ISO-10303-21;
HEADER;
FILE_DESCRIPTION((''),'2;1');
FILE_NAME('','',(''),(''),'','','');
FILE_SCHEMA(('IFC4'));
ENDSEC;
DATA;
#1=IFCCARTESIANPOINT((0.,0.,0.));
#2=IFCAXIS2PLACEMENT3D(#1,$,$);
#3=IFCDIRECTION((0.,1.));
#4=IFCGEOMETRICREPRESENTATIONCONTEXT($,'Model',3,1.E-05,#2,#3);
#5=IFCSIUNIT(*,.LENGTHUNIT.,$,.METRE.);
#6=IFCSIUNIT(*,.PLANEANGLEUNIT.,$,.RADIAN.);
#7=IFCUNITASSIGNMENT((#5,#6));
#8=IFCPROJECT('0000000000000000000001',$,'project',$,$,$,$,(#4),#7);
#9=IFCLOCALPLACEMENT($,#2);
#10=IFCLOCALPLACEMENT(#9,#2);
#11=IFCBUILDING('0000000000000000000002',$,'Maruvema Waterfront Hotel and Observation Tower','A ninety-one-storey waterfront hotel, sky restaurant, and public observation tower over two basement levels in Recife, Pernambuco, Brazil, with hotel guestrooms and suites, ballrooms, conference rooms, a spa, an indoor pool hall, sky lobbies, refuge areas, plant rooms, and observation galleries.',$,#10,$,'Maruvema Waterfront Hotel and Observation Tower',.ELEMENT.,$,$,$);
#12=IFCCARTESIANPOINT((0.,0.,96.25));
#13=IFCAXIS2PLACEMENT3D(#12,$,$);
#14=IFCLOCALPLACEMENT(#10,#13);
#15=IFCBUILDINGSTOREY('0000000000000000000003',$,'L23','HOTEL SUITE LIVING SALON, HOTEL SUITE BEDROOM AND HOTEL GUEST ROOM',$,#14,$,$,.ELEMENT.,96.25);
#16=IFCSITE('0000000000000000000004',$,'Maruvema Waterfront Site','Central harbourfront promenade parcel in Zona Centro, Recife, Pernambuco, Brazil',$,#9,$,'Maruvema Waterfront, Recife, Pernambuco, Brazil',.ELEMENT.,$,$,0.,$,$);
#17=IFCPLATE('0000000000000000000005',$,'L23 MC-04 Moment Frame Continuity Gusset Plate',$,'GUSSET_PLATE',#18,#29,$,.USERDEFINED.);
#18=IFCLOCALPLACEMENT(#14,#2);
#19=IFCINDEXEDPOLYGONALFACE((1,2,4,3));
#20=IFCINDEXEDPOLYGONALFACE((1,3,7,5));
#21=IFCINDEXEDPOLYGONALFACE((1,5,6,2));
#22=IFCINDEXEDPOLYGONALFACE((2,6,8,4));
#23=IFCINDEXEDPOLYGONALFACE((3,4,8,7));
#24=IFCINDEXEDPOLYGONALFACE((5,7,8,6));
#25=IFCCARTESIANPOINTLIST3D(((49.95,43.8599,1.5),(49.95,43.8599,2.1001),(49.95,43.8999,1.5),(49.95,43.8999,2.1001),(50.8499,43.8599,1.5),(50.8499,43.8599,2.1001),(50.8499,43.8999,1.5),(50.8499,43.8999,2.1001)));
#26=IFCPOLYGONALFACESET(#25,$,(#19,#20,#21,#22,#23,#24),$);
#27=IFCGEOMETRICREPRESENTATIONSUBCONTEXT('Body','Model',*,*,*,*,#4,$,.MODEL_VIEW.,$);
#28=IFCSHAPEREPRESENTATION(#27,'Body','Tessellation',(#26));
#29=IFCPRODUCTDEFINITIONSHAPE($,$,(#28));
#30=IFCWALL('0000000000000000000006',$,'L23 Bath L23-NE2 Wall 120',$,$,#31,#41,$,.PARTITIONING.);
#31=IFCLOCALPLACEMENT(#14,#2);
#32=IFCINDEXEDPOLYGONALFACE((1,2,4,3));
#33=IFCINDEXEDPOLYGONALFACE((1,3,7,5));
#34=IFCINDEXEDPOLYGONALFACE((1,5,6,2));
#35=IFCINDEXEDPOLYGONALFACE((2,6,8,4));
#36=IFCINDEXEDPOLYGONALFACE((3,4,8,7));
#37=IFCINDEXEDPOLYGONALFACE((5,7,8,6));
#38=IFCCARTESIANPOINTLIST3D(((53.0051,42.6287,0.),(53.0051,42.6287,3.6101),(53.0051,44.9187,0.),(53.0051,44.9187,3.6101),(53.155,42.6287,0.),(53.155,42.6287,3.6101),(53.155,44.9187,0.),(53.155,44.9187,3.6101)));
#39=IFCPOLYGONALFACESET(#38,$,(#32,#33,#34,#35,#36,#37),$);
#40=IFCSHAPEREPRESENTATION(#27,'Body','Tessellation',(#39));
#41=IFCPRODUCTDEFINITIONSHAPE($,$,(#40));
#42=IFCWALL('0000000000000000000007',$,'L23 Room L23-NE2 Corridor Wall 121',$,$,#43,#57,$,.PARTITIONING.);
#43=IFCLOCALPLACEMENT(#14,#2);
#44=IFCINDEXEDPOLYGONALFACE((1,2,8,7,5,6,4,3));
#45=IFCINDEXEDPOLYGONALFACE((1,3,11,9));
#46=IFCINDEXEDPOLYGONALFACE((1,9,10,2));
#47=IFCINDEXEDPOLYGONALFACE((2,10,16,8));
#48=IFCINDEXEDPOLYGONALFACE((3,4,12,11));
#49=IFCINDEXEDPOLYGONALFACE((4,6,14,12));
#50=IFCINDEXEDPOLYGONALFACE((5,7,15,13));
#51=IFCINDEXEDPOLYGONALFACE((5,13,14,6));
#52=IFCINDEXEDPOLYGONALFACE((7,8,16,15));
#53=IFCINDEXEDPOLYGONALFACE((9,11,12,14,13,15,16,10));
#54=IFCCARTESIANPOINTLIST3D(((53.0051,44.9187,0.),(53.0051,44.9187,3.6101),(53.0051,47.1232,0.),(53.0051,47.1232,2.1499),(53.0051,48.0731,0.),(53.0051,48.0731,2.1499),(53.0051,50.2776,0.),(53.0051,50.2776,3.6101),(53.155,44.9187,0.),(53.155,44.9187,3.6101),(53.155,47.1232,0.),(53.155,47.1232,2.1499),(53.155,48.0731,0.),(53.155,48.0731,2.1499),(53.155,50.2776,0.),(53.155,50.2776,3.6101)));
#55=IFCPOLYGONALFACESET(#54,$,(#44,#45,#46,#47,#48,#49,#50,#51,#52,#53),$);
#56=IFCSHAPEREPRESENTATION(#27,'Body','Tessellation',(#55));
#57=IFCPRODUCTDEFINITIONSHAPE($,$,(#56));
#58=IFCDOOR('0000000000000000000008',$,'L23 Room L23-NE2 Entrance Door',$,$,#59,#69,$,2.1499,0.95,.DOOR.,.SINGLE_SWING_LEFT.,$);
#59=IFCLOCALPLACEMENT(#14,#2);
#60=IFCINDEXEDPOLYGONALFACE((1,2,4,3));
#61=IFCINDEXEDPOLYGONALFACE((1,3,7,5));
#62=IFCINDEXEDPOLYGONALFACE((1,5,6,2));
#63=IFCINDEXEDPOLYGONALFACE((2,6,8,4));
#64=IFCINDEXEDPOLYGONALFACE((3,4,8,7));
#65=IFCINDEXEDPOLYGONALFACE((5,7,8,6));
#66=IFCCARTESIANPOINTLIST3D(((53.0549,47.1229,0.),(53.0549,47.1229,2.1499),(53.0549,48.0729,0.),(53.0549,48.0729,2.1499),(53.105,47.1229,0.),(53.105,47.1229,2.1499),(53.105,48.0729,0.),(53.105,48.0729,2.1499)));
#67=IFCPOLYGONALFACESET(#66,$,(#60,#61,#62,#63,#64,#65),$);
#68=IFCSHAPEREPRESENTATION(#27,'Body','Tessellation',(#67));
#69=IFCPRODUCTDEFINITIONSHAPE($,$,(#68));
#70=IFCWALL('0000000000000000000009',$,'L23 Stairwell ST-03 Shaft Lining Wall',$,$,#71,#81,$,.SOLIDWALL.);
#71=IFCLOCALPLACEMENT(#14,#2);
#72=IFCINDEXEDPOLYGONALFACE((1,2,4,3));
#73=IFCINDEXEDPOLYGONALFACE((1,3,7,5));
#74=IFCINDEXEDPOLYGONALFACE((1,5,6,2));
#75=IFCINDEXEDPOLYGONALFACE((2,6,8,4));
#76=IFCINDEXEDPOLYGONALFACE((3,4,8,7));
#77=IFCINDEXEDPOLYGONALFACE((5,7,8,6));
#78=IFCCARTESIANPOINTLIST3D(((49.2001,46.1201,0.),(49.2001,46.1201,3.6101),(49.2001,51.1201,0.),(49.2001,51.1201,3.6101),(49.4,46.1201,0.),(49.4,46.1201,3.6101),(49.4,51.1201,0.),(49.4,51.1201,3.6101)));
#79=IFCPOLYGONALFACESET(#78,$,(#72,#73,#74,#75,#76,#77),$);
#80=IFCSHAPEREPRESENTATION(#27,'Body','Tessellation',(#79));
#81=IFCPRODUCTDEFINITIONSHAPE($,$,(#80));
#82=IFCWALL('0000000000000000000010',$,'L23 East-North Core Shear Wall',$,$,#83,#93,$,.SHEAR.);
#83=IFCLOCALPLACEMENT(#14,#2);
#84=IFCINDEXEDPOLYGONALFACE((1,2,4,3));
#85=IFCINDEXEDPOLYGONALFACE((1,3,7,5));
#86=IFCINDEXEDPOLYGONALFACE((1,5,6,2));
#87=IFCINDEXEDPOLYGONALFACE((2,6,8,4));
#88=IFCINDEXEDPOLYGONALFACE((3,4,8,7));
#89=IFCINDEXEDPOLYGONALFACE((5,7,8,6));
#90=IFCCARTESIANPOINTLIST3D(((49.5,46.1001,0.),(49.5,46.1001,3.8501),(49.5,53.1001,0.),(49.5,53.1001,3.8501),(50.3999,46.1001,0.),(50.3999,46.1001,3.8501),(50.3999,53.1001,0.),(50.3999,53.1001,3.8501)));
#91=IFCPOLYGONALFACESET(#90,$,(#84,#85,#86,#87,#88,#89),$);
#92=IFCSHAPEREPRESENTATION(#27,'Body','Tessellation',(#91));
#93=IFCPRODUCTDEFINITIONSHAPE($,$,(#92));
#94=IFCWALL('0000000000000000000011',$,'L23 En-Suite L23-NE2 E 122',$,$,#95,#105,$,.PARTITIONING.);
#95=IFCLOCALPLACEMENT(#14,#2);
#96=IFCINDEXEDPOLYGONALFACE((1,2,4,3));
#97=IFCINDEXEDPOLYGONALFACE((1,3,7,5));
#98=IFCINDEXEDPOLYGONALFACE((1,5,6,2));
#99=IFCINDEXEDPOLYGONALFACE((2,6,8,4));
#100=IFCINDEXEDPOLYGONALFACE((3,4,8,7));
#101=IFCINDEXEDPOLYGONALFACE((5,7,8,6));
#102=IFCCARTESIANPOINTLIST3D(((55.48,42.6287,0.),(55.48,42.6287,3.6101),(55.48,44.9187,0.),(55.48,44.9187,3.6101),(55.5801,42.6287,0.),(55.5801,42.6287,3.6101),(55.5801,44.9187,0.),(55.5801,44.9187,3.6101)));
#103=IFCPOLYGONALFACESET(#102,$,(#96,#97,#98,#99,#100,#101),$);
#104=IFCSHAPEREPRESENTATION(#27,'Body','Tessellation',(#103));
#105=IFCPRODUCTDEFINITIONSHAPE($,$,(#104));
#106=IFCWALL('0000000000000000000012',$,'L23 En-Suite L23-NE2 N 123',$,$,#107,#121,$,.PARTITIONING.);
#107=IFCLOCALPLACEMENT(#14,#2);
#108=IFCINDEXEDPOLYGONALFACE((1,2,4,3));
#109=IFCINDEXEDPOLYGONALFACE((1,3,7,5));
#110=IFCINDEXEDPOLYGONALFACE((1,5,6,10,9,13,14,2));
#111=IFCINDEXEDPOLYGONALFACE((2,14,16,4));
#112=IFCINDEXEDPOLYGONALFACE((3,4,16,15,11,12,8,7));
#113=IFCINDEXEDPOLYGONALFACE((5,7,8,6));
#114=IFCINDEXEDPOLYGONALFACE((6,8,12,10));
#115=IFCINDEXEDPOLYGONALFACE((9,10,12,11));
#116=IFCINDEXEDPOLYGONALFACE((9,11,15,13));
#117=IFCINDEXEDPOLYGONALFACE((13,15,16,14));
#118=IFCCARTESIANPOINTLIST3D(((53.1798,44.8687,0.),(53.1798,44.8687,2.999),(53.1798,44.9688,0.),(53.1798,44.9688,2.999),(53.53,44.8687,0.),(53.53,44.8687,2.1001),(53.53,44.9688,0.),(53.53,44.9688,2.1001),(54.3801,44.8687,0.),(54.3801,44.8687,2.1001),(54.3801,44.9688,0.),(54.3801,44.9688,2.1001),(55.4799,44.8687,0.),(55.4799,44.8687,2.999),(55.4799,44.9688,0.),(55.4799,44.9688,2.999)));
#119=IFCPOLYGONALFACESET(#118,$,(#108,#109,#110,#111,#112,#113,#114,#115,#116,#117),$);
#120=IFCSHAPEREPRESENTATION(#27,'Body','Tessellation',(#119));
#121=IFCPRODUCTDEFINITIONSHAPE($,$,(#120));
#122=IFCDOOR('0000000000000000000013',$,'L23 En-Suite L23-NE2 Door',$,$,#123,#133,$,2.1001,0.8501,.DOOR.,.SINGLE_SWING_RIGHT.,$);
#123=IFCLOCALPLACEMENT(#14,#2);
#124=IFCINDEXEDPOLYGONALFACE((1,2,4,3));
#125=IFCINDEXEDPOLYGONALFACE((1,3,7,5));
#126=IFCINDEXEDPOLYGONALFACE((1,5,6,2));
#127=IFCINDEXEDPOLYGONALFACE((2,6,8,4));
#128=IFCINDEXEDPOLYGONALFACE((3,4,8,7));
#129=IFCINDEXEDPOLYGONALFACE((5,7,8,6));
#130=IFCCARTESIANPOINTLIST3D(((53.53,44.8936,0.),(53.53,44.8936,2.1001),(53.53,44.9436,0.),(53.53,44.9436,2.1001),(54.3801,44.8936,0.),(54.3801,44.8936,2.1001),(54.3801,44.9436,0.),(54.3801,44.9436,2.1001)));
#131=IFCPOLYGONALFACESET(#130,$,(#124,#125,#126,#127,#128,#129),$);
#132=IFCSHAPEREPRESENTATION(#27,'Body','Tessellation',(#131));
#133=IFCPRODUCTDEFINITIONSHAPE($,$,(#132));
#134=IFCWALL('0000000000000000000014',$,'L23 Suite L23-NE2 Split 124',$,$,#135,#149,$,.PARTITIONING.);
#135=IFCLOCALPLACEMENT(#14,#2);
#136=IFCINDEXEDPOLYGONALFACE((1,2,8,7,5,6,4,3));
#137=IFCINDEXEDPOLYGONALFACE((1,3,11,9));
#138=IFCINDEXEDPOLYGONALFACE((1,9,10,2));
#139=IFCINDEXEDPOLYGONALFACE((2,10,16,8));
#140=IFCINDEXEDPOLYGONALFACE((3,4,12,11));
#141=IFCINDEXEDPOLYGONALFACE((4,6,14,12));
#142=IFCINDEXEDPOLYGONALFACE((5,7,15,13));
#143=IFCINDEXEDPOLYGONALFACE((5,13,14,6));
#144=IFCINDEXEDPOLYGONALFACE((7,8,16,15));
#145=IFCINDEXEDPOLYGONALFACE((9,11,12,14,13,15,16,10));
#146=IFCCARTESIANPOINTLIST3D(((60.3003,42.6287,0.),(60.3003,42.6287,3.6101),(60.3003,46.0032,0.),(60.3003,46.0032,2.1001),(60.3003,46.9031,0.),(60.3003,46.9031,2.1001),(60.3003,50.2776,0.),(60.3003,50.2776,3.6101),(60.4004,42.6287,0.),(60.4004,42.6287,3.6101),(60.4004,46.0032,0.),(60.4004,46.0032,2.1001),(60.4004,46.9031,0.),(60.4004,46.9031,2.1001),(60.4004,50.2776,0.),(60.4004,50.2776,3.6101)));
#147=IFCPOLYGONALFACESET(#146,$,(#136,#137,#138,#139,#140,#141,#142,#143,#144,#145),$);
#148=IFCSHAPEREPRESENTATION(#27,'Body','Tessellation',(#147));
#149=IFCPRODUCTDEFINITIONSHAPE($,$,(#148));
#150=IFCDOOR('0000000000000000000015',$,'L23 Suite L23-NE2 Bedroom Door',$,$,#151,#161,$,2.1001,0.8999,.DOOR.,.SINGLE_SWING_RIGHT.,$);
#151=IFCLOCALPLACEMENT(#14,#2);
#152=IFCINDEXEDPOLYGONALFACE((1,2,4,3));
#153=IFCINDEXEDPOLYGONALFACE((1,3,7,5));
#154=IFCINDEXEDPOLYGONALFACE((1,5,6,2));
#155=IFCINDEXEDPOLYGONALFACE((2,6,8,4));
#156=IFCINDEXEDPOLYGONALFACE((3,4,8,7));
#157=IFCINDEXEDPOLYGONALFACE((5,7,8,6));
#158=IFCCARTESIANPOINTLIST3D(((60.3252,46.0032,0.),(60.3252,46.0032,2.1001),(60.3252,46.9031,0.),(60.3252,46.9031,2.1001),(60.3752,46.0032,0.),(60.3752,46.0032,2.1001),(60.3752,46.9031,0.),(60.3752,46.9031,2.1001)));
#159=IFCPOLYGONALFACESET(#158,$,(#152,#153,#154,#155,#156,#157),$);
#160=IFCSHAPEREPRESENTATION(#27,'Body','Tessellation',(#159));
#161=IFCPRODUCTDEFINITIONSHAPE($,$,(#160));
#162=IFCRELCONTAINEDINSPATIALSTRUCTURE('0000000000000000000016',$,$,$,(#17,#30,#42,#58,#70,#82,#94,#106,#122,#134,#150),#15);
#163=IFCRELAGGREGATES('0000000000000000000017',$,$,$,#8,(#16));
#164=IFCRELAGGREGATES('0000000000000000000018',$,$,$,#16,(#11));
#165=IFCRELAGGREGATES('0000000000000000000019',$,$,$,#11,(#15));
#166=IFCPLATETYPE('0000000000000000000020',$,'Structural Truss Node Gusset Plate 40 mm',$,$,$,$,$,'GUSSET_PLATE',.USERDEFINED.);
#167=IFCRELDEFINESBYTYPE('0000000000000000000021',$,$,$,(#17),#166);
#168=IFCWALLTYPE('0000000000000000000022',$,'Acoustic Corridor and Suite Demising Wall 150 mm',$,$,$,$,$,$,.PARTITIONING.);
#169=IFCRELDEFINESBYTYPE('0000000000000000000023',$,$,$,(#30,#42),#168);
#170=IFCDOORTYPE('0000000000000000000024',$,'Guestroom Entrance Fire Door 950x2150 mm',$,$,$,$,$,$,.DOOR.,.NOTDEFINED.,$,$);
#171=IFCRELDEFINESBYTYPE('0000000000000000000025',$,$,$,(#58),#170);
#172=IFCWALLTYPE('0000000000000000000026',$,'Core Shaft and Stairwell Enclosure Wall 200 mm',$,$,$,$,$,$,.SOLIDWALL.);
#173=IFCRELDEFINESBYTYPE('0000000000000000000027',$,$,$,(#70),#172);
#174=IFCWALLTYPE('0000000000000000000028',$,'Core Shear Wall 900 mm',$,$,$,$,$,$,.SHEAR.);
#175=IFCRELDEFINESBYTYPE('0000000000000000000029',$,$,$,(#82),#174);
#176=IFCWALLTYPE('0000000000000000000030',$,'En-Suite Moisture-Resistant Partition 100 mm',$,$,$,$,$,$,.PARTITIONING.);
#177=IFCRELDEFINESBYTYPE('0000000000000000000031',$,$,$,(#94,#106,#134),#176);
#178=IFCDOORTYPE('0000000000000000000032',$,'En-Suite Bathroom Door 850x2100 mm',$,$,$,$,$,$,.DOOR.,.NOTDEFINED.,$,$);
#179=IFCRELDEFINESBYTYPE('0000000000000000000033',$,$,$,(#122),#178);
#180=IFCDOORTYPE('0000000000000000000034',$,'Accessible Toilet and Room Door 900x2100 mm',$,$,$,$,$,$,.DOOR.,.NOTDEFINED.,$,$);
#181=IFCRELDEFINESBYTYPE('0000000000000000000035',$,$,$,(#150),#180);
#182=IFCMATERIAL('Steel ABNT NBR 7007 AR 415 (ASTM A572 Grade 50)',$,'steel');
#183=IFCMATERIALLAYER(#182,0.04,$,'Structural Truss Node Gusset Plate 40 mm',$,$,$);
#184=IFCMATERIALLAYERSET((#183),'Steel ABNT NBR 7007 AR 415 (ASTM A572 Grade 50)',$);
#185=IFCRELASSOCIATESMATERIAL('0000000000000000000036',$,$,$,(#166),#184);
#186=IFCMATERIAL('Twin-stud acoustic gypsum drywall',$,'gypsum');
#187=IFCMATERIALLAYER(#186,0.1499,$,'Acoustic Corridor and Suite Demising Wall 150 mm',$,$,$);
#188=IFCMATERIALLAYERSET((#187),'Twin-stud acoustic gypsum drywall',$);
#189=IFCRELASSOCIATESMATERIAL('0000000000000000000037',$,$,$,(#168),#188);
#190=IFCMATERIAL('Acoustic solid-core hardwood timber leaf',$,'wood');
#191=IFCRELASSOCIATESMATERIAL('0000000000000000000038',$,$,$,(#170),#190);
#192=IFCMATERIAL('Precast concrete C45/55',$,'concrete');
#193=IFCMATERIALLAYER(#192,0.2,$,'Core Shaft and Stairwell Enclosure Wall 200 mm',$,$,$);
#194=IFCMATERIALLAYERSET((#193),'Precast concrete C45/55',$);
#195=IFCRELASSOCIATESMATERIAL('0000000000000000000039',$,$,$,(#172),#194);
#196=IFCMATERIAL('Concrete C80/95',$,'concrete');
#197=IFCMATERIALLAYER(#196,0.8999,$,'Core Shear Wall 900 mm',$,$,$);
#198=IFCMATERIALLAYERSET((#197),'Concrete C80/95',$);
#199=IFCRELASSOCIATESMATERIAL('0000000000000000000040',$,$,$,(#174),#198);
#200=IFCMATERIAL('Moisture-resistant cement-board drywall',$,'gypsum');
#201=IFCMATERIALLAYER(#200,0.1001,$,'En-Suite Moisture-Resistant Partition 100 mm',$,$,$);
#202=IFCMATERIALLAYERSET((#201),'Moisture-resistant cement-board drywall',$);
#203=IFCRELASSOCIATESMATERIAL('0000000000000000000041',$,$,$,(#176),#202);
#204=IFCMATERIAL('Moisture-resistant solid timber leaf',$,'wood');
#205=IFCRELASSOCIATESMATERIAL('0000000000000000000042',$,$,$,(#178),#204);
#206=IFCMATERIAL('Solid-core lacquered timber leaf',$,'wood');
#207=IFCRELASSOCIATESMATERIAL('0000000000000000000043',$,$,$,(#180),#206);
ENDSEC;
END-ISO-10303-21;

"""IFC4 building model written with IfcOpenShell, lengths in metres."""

from ifc_helpers import new_model, si_unit, direction, frame, frame_2d, origin, origin_2d, place, context, subcontext, project, spatial, rectangle, extrude, material, layer, layer_set, type_object, element, fill, save


model = new_model("IFC4")

# Units and contexts
model_context = context("Model", 3, precision=1e-05, world=origin(), true_north=direction((0.0, 1.0)))
body_context = subcontext(model_context, "Body", "Model", "MODEL_VIEW")
ifc_project = project(units=[si_unit("LENGTHUNIT", "METRE"), si_unit("PLANEANGLEUNIT", "RADIAN")], contexts=[model_context])

# Site, building, storey
site_placement = place(None, origin())
site = spatial("IfcSite", under=ifc_project, at=site_placement, Name="Maruvema Waterfront Site", Description="Central harbourfront promenade parcel in Zona Centro, Recife, Pernambuco, Brazil", LongName="Maruvema Waterfront, Recife, Pernambuco, Brazil", CompositionType="ELEMENT", RefElevation=0.0)
building_placement = place(site_placement, origin())
building = spatial("IfcBuilding", under=site, at=building_placement, Name="Maruvema Waterfront Hotel and Observation Tower", Description="A ninety-one-storey waterfront hotel, sky restaurant, and public observation tower over two basement levels in Recife, Pernambuco, Brazil, with hotel guestrooms and suites, ballrooms, conference rooms, a spa, an indoor pool hall, sky lobbies, refuge areas, plant rooms, and observation galleries.", LongName="Maruvema Waterfront Hotel and Observation Tower", CompositionType="ELEMENT")
storey_placement = place(building_placement, frame((0.0, 0.0, 96.25)))
storey = spatial("IfcBuildingStorey", under=building, at=storey_placement, Name="L23", Description="HOTEL SUITE LIVING SALON, HOTEL SUITE BEDROOM AND HOTEL GUEST ROOM", CompositionType="ELEMENT", Elevation=96.25)

# Plate
ifc_material_1 = material(Name="Steel ABNT NBR 7007 AR 415 (ASTM A572 Grade 50)", Category="steel")
ifc_layer_1 = layer(ifc_material_1, 0.04, Name="Structural Truss Node Gusset Plate 40 mm")
ifc_layer_set_1 = layer_set([ifc_layer_1], Name="Steel ABNT NBR 7007 AR 415 (ASTM A572 Grade 50)")
plate_type_1 = type_object("IfcPlateType", Name="Structural Truss Node Gusset Plate 40 mm", ElementType="GUSSET_PLATE", PredefinedType="USERDEFINED", material=ifc_layer_set_1)
plate_1_placement = place(storey_placement, frame((50.3999, 43.8799, 1.5), z_axis=(0.0, 0.0, 1.0), x_axis=(1.0, 0.0, 0.0)))
element("IfcPlate", 1, at=plate_1_placement, inside=storey, type_object=plate_type_1, Name="L23 MC-04 Moment Frame Continuity Gusset Plate", ObjectType="GUSSET_PLATE", PredefinedType="USERDEFINED", context=body_context, shape_type="SweptSolid", body=[
    extrude(rectangle(XDim=0.8999, YDim=0.04, at=origin_2d()), origin(), (0.0, 0.0, 1.0), 0.6001),
])

# Wall
ifc_material_2 = material(Name="Twin-stud acoustic gypsum drywall", Category="gypsum")
ifc_layer_2 = layer(ifc_material_2, 0.1499, Name="Acoustic Corridor and Suite Demising Wall 150 mm")
ifc_layer_set_2 = layer_set([ifc_layer_2], Name="Twin-stud acoustic gypsum drywall")
wall_type_1 = type_object("IfcWallType", Name="Acoustic Corridor and Suite Demising Wall 150 mm", PredefinedType="PARTITIONING", material=ifc_layer_set_2)
wall_1_placement = place(storey_placement, frame((53.0801, 42.6287, 0.0), z_axis=(0.0, 0.0, 1.0), x_axis=(0.0, 1.0, 0.0)))
element("IfcWall", 2, at=wall_1_placement, inside=storey, type_object=wall_type_1, Name="L23 Bath L23-NE2 Wall 120", PredefinedType="PARTITIONING", context=body_context, shape_type="SweptSolid", body=[
    extrude(rectangle(XDim=2.29, YDim=0.1499, at=frame_2d((1.145, 0.0))), origin(), (0.0, 0.0, 1.0), 3.6101),
])

# Wall, opening, door
wall_2_placement = place(storey_placement, frame((53.0801, 44.9187, 0.0), z_axis=(0.0, 0.0, 1.0), x_axis=(0.0, 1.0, 0.0)))
wall_2 = element("IfcWall", 3, at=wall_2_placement, inside=storey, type_object=wall_type_1, Name="L23 Room L23-NE2 Corridor Wall 121", PredefinedType="PARTITIONING", context=body_context, shape_type="SweptSolid", body=[
    extrude(rectangle(XDim=5.3589, YDim=0.1499, at=frame_2d((2.6794, 0.0))), origin(), (0.0, 0.0, 1.0), 3.6101),
])
opening_1_placement = place(wall_2_placement, frame((2.2043, 0.0, 0.0)))
opening_1 = element("IfcOpeningElement", 4, at=opening_1_placement, cuts=wall_2, PredefinedType="OPENING", context=body_context, shape_type="SweptSolid", body=[
    extrude(rectangle(XDim=0.95, YDim=2.1499, at=frame_2d((0.4751, 1.075))), frame((0.0, 0.085, 0.0), z_axis=(0.0, -1.0, 0.0), x_axis=(1.0, 0.0, 0.0)), (0.0, 0.0, 1.0), 0.1699),
])
ifc_material_3 = material(Name="Acoustic solid-core hardwood timber leaf", Category="wood")
door_type_1 = type_object("IfcDoorType", Name="Guestroom Entrance Fire Door 950x2150 mm", OperationType="NOTDEFINED", PredefinedType="DOOR", material=ifc_material_3)
door_1_placement = place(opening_1_placement, frame((0.95, 0.0, 0.0), z_axis=(0.0, 0.0, 1.0), x_axis=(-1.0, 0.0, 0.0)))
door_1 = element("IfcDoor", 5, at=door_1_placement, inside=storey, type_object=door_type_1, Name="L23 Room L23-NE2 Entrance Door", OperationType="SINGLE_SWING_LEFT", OverallHeight=2.1499, OverallWidth=0.95, PredefinedType="DOOR", context=body_context, shape_type="SweptSolid", body=[
    extrude(rectangle(XDim=0.95, YDim=2.1499, at=frame_2d((0.4751, 1.075))), frame((0.0, 0.0249, 0.0), z_axis=(0.0, -1.0, 0.0), x_axis=(1.0, 0.0, 0.0)), (0.0, 0.0, 1.0), 0.05),
])
fill(opening_1, door_1)

# Walls
ifc_material_4 = material(Name="Precast concrete C45/55", Category="concrete")
ifc_layer_3 = layer(ifc_material_4, 0.2, Name="Core Shaft and Stairwell Enclosure Wall 200 mm")
ifc_layer_set_3 = layer_set([ifc_layer_3], Name="Precast concrete C45/55")
wall_type_2 = type_object("IfcWallType", Name="Core Shaft and Stairwell Enclosure Wall 200 mm", PredefinedType="SOLIDWALL", material=ifc_layer_set_3)
wall_3_placement = place(storey_placement, frame((49.3, 46.1201, 0.0), z_axis=(0.0, 0.0, 1.0), x_axis=(0.0, 1.0, 0.0)))
element("IfcWall", 6, at=wall_3_placement, inside=storey, type_object=wall_type_2, Name="L23 Stairwell ST-03 Shaft Lining Wall", PredefinedType="SOLIDWALL", context=body_context, shape_type="SweptSolid", body=[
    extrude(rectangle(XDim=5.0, YDim=0.2, at=frame_2d((2.5, 0.0))), origin(), (0.0, 0.0, 1.0), 3.6101),
])
ifc_material_5 = material(Name="Concrete C80/95", Category="concrete")
ifc_layer_4 = layer(ifc_material_5, 0.8999, Name="Core Shear Wall 900 mm")
ifc_layer_set_4 = layer_set([ifc_layer_4], Name="Concrete C80/95")
wall_type_3 = type_object("IfcWallType", Name="Core Shear Wall 900 mm", PredefinedType="SHEAR", material=ifc_layer_set_4)
wall_4_placement = place(storey_placement, frame((49.95, 46.1001, 0.0), z_axis=(0.0, 0.0, 1.0), x_axis=(0.0, 1.0, 0.0)))
element("IfcWall", 7, at=wall_4_placement, inside=storey, type_object=wall_type_3, Name="L23 East-North Core Shear Wall", PredefinedType="SHEAR", context=body_context, shape_type="SweptSolid", body=[
    extrude(rectangle(XDim=7.0, YDim=0.8999, at=frame_2d((3.5, 0.0))), origin(), (0.0, 0.0, 1.0), 3.8501),
])
ifc_material_6 = material(Name="Moisture-resistant cement-board drywall", Category="gypsum")
ifc_layer_5 = layer(ifc_material_6, 0.1001, Name="En-Suite Moisture-Resistant Partition 100 mm")
ifc_layer_set_5 = layer_set([ifc_layer_5], Name="Moisture-resistant cement-board drywall")
wall_type_4 = type_object("IfcWallType", Name="En-Suite Moisture-Resistant Partition 100 mm", PredefinedType="PARTITIONING", material=ifc_layer_set_5)
wall_5_placement = place(storey_placement, frame((55.53, 42.6287, 0.0), z_axis=(0.0, 0.0, 1.0), x_axis=(0.0, 1.0, 0.0)))
element("IfcWall", 8, at=wall_5_placement, inside=storey, type_object=wall_type_4, Name="L23 En-Suite L23-NE2 E 122", PredefinedType="PARTITIONING", context=body_context, shape_type="SweptSolid", body=[
    extrude(rectangle(XDim=2.29, YDim=0.1001, at=frame_2d((1.145, 0.0))), origin(), (0.0, 0.0, 1.0), 3.6101),
])

# Walls, openings, doors
wall_6_placement = place(storey_placement, frame((53.1799, 44.9187, 0.0), z_axis=(0.0, 0.0, 1.0), x_axis=(1.0, 0.0, 0.0)))
wall_6 = element("IfcWall", 9, at=wall_6_placement, inside=storey, type_object=wall_type_4, Name="L23 En-Suite L23-NE2 N 123", PredefinedType="PARTITIONING", context=body_context, shape_type="SweptSolid", body=[
    extrude(rectangle(XDim=2.3, YDim=0.1001, at=frame_2d((1.1499, 0.0))), origin(), (0.0, 0.0, 1.0), 2.999),
])
opening_2_placement = place(wall_6_placement, frame((0.3501, 0.0, 0.0)))
opening_2 = element("IfcOpeningElement", 10, at=opening_2_placement, cuts=wall_6, PredefinedType="OPENING", context=body_context, shape_type="SweptSolid", body=[
    extrude(rectangle(XDim=0.8501, YDim=2.1001, at=frame_2d((0.425, 1.05))), frame((0.0, 0.0601, 0.0), z_axis=(0.0, -1.0, 0.0), x_axis=(1.0, 0.0, 0.0)), (0.0, 0.0, 1.0), 0.1201),
])
ifc_material_7 = material(Name="Moisture-resistant solid timber leaf", Category="wood")
door_type_2 = type_object("IfcDoorType", Name="En-Suite Bathroom Door 850x2100 mm", OperationType="NOTDEFINED", PredefinedType="DOOR", material=ifc_material_7)
door_2_placement = place(opening_2_placement, origin())
door_2 = element("IfcDoor", 11, at=door_2_placement, inside=storey, type_object=door_type_2, Name="L23 En-Suite L23-NE2 Door", OperationType="SINGLE_SWING_RIGHT", OverallHeight=2.1001, OverallWidth=0.8501, PredefinedType="DOOR", context=body_context, shape_type="SweptSolid", body=[
    extrude(rectangle(XDim=0.8501, YDim=2.1001, at=frame_2d((0.425, 1.05))), frame((0.0, 0.0249, 0.0), z_axis=(0.0, -1.0, 0.0), x_axis=(1.0, 0.0, 0.0)), (0.0, 0.0, 1.0), 0.05),
])
fill(opening_2, door_2)
wall_7_placement = place(storey_placement, frame((60.3503, 42.6287, 0.0), z_axis=(0.0, 0.0, 1.0), x_axis=(0.0, 1.0, 0.0)))
wall_7 = element("IfcWall", 12, at=wall_7_placement, inside=storey, type_object=wall_type_4, Name="L23 Suite L23-NE2 Split 124", PredefinedType="PARTITIONING", context=body_context, shape_type="SweptSolid", body=[
    extrude(rectangle(XDim=7.6489, YDim=0.1001, at=frame_2d((3.8245, 0.0))), origin(), (0.0, 0.0, 1.0), 3.6101),
])
opening_3_placement = place(wall_7_placement, frame((3.3745, 0.0, 0.0)))
opening_3 = element("IfcOpeningElement", 13, at=opening_3_placement, cuts=wall_7, PredefinedType="OPENING", context=body_context, shape_type="SweptSolid", body=[
    extrude(rectangle(XDim=0.8999, YDim=2.1001, at=frame_2d((0.45, 1.05))), frame((0.0, 0.0601, 0.0), z_axis=(0.0, -1.0, 0.0), x_axis=(1.0, 0.0, 0.0)), (0.0, 0.0, 1.0), 0.1201),
])
ifc_material_8 = material(Name="Solid-core lacquered timber leaf", Category="wood")
door_type_3 = type_object("IfcDoorType", Name="Accessible Toilet and Room Door 900x2100 mm", OperationType="NOTDEFINED", PredefinedType="DOOR", material=ifc_material_8)
door_3_placement = place(opening_3_placement, frame((0.8999, 0.0, 0.0), z_axis=(0.0, 0.0, 1.0), x_axis=(-1.0, 0.0, 0.0)))
door_3 = element("IfcDoor", 14, at=door_3_placement, inside=storey, type_object=door_type_3, Name="L23 Suite L23-NE2 Bedroom Door", OperationType="SINGLE_SWING_RIGHT", OverallHeight=2.1001, OverallWidth=0.8999, PredefinedType="DOOR", context=body_context, shape_type="SweptSolid", body=[
    extrude(rectangle(XDim=0.8999, YDim=2.1001, at=frame_2d((0.45, 1.05))), frame((0.0, 0.0249, 0.0), z_axis=(0.0, -1.0, 0.0), x_axis=(1.0, 0.0, 0.0)), (0.0, 0.0, 1.0), 0.05),
])
fill(opening_3, door_3)

save(model, "model.ifc")
